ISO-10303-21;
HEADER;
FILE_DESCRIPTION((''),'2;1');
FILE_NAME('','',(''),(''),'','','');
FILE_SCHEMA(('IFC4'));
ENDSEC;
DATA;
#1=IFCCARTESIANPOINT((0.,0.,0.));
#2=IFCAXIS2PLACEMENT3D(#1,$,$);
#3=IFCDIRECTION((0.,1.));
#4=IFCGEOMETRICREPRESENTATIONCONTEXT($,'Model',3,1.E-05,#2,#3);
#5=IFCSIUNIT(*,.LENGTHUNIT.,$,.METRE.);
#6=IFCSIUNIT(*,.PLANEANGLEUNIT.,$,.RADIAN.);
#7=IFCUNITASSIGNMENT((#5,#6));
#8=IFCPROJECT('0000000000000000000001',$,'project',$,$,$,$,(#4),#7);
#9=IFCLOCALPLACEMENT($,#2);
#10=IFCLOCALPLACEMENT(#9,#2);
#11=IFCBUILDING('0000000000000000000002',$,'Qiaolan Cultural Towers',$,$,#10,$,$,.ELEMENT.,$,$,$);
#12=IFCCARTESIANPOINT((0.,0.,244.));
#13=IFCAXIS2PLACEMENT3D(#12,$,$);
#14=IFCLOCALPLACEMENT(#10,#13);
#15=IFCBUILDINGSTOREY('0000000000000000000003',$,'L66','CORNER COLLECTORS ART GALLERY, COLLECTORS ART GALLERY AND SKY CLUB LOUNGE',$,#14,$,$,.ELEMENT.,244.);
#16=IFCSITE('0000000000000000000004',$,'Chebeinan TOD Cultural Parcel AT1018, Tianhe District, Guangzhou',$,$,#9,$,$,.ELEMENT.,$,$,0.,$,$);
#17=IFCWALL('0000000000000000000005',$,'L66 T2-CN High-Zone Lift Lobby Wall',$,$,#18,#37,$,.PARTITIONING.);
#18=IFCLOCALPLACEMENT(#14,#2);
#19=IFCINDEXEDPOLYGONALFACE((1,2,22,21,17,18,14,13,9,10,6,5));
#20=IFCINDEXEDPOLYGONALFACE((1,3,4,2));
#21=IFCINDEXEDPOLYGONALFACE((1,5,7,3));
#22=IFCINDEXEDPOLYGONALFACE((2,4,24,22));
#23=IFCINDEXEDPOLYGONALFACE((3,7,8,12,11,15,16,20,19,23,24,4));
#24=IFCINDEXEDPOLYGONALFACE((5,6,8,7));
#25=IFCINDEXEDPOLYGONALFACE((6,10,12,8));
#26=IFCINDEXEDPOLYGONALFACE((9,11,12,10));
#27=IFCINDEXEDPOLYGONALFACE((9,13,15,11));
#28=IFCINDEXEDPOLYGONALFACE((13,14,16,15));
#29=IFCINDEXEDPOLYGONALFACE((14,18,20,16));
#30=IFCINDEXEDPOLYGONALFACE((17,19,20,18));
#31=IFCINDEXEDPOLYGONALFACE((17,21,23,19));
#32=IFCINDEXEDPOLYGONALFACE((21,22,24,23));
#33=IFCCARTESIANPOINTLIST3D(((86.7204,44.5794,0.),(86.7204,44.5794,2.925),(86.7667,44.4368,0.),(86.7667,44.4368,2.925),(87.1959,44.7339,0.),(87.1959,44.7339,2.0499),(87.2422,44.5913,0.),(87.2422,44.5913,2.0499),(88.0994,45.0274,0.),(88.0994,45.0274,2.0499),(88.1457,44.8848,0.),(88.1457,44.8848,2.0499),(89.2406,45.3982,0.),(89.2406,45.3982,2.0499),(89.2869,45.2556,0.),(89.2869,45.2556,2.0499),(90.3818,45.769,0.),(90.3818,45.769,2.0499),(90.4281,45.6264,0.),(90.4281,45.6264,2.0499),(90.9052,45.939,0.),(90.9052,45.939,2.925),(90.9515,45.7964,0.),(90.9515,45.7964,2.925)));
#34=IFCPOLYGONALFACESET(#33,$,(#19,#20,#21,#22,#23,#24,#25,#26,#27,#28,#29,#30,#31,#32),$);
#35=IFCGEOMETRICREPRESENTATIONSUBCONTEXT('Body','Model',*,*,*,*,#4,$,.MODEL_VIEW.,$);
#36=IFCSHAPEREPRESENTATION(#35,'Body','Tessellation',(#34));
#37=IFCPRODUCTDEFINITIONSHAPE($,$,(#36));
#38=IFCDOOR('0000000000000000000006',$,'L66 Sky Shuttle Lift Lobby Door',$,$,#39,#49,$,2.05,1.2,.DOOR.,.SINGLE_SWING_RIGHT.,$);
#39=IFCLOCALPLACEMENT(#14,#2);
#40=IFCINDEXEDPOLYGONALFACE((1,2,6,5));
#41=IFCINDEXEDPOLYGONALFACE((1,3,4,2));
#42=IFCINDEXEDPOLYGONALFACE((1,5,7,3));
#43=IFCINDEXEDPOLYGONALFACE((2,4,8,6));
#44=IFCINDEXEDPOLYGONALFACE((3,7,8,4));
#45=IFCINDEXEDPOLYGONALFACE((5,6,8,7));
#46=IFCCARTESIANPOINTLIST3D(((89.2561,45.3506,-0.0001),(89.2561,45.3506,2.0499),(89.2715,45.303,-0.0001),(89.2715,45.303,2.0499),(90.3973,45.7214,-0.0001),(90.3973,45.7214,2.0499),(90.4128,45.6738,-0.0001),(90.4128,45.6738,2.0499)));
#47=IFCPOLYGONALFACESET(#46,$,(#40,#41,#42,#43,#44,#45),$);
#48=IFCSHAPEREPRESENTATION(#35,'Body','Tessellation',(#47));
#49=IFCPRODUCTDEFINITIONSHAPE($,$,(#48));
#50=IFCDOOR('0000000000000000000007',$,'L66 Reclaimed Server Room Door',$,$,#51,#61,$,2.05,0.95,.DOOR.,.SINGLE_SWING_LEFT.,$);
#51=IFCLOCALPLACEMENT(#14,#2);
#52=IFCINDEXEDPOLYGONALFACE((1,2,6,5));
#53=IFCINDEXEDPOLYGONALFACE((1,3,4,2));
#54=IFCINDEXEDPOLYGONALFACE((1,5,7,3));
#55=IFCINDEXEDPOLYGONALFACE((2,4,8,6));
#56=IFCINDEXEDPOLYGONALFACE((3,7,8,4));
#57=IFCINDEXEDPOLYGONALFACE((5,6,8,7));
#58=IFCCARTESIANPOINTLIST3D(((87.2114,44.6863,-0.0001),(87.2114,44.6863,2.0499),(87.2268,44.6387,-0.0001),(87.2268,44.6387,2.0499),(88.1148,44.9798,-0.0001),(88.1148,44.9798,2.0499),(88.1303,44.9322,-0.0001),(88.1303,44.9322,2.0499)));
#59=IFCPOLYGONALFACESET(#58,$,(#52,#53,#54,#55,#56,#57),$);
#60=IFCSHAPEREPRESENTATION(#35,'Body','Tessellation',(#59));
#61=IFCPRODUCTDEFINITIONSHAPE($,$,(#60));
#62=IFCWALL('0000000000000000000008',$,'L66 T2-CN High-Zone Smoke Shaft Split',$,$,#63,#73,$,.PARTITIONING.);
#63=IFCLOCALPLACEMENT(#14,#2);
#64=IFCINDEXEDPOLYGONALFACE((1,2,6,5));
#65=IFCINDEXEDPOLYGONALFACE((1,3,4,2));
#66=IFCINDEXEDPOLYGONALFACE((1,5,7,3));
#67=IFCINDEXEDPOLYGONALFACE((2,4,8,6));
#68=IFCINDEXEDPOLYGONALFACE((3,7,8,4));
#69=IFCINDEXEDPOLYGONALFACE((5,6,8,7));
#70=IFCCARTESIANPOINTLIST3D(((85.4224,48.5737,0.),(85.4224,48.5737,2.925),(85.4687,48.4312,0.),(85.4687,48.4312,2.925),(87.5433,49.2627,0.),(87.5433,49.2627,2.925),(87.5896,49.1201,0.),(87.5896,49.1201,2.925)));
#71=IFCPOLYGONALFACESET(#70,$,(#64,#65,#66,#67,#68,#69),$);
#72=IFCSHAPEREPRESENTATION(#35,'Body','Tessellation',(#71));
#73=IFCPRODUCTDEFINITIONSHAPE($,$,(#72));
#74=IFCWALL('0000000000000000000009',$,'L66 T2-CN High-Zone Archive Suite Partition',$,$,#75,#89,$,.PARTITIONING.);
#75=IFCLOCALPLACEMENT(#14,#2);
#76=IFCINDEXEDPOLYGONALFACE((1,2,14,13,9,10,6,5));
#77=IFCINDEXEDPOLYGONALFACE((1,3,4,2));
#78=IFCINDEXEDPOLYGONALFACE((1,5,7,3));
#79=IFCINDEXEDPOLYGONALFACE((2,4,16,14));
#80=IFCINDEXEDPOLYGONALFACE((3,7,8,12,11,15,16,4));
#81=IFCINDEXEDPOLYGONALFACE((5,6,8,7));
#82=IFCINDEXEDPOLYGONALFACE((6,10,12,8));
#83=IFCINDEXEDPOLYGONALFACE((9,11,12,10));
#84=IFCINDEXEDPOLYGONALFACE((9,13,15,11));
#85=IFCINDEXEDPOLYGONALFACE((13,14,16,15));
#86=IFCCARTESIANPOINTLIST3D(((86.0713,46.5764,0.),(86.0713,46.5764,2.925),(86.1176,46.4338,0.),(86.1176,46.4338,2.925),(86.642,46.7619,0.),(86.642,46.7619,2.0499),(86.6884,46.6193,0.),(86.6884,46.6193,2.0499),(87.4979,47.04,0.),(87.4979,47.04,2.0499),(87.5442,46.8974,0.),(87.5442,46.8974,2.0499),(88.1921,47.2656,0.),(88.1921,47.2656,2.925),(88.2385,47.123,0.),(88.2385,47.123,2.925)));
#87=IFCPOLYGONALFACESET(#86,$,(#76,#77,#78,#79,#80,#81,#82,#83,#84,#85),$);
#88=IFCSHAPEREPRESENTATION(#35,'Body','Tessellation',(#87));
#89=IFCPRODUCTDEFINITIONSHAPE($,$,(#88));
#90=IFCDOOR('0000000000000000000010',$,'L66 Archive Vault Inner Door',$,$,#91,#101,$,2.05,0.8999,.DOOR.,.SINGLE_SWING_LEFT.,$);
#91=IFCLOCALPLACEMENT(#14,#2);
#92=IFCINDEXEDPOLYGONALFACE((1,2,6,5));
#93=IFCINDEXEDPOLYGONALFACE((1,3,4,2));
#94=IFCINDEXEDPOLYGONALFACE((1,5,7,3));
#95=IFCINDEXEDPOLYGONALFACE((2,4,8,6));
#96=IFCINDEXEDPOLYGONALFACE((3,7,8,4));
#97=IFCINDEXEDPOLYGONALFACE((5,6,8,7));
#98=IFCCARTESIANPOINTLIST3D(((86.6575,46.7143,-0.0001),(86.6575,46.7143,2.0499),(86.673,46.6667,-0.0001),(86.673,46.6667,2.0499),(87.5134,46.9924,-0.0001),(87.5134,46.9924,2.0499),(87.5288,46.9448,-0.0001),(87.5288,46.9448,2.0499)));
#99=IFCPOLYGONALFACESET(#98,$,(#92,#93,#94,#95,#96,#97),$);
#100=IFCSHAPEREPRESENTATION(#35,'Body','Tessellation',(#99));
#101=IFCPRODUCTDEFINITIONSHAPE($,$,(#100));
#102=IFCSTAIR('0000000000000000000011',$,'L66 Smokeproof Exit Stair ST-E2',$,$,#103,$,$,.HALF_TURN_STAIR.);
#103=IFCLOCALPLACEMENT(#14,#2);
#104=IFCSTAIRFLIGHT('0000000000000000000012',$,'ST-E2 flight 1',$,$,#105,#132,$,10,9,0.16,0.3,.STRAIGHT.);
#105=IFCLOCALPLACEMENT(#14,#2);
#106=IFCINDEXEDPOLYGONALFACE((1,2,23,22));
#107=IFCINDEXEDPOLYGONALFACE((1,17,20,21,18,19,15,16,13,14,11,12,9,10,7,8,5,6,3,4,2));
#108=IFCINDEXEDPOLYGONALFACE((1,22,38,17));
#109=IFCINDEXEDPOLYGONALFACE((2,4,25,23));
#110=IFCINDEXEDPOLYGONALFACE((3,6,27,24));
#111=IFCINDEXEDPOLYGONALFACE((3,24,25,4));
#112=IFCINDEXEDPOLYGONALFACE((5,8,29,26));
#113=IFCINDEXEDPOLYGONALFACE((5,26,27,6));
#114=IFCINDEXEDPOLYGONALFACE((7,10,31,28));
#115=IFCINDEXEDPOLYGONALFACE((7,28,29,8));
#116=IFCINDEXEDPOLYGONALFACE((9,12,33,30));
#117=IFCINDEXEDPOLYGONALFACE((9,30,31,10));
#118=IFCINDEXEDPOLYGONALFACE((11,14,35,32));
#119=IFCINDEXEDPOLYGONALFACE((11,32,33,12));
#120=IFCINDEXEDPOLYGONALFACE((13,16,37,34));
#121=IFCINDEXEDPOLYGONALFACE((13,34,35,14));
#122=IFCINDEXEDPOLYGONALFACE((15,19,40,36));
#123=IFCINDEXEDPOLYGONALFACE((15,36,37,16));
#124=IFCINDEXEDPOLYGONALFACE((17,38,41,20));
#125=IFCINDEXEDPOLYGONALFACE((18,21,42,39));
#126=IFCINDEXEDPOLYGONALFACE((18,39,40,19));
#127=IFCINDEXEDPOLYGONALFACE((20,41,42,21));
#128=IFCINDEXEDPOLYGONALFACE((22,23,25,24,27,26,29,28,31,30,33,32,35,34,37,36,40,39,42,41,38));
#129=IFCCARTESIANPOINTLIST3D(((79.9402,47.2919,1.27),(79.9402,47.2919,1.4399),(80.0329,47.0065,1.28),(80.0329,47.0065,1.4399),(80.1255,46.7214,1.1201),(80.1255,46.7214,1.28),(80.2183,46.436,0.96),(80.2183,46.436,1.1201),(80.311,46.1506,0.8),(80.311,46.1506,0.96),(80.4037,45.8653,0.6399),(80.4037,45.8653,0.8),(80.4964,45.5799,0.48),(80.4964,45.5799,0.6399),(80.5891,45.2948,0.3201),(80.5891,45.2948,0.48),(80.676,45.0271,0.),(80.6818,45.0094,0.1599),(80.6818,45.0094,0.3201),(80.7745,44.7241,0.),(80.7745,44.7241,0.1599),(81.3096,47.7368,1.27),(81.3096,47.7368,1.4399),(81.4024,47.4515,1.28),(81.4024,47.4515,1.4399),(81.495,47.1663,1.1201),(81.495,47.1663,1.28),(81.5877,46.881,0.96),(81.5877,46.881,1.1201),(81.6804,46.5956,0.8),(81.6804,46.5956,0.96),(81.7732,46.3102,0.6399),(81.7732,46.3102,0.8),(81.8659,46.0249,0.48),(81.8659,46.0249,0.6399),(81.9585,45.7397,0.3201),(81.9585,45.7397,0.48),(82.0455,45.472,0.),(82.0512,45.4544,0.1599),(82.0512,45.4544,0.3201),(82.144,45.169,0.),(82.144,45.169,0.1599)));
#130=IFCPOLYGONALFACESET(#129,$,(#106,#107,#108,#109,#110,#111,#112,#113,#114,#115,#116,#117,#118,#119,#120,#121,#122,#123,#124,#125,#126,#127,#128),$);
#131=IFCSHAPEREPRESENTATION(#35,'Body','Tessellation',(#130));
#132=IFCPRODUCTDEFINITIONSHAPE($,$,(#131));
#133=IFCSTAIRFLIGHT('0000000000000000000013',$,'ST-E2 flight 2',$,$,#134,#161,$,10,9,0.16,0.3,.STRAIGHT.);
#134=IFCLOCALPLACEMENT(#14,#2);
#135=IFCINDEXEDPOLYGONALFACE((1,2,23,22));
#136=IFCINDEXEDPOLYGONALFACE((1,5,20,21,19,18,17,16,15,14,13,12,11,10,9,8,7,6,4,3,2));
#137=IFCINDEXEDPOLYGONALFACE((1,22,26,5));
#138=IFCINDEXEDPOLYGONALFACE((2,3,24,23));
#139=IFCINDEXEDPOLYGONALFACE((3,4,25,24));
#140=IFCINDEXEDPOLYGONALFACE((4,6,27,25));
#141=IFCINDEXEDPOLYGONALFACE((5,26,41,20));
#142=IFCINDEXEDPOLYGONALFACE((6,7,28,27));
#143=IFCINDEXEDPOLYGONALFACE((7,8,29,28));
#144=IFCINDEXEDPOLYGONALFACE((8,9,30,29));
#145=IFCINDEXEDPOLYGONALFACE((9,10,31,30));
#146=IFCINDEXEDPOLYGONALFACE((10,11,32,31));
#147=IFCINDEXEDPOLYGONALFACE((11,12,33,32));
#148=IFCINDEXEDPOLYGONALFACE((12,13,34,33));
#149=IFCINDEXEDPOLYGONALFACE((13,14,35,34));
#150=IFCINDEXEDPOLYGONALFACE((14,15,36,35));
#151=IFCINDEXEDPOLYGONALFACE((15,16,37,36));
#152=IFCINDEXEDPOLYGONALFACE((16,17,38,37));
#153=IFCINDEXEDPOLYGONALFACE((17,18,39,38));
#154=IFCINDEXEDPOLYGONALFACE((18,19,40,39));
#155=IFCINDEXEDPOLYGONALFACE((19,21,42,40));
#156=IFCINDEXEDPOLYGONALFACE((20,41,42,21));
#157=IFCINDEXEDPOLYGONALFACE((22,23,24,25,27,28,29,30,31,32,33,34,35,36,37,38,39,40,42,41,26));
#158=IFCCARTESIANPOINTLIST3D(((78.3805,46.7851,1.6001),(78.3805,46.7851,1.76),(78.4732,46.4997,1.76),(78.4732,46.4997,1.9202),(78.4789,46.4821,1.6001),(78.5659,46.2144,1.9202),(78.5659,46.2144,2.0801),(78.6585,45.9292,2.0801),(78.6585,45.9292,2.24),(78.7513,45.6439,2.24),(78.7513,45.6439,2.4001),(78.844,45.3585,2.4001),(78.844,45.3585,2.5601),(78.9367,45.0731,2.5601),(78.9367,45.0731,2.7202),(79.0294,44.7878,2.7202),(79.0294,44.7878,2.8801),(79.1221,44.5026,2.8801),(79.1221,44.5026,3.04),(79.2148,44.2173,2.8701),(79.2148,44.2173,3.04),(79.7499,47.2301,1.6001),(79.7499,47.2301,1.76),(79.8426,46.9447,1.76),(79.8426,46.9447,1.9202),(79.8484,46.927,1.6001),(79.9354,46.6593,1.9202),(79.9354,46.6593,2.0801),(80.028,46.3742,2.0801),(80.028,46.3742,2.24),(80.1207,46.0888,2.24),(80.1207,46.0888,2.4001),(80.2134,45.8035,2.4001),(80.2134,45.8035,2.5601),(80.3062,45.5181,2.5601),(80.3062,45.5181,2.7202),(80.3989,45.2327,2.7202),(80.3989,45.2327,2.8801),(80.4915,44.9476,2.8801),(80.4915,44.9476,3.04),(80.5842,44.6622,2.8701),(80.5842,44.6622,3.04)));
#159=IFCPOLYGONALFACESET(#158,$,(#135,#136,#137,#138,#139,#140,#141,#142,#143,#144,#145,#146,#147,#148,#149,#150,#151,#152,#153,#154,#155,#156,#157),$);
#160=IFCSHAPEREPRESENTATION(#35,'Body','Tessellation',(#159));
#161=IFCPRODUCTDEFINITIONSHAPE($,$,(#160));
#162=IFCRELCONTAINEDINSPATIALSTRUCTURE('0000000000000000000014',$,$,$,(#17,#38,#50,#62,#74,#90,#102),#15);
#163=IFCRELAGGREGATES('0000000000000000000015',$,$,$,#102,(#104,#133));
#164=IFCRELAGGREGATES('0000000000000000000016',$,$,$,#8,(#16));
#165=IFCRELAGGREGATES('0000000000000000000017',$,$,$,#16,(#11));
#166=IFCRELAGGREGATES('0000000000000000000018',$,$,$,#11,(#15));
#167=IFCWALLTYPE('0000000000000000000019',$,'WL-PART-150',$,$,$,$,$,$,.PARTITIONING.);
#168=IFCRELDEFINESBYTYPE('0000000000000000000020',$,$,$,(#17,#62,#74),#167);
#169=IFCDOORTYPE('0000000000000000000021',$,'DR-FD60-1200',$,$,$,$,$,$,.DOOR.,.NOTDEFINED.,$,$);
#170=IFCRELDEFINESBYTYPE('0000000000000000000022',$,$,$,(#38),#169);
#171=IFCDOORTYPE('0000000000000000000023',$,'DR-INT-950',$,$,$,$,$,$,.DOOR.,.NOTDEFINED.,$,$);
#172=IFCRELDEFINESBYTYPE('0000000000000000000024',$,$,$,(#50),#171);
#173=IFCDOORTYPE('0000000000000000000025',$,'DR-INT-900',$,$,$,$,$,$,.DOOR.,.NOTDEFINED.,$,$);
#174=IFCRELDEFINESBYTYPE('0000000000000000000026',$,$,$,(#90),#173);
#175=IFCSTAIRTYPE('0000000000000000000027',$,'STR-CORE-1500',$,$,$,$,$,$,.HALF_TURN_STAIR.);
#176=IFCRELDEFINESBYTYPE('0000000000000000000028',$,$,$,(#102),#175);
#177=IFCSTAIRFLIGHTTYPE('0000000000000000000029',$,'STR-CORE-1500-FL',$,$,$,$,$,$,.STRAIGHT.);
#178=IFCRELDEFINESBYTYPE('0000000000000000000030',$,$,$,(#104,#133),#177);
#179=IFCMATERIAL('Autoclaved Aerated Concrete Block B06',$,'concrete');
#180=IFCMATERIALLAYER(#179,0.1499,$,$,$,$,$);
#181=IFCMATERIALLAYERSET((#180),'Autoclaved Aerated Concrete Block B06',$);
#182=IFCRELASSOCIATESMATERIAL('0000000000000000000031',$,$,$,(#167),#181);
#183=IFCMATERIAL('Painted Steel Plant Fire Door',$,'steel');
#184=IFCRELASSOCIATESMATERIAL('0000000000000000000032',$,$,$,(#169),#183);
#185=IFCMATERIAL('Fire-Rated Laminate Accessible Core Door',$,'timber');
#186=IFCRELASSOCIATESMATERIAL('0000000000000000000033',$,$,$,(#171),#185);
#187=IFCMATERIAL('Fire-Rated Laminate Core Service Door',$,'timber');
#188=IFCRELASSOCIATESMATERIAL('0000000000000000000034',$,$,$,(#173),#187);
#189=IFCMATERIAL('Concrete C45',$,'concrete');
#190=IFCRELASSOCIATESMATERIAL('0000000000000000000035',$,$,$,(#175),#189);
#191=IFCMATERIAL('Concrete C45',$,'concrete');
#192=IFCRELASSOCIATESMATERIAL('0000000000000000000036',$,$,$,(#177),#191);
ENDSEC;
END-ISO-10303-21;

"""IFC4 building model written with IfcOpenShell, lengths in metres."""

from ifc_helpers import new_model, si_unit, direction, frame, frame_2d, origin, place, context, subcontext, project, spatial, polyline, rectangle, outline, extrude, material, layer, layer_set, type_object, element, fill, aggregate, save


model = new_model("IFC4")

# Units and contexts
model_context = context("Model", 3, precision=1e-05, world=origin(), true_north=direction((0.0, 1.0)))
body_context = subcontext(model_context, "Body", "Model", "MODEL_VIEW")
ifc_project = project(units=[si_unit("LENGTHUNIT", "METRE"), si_unit("PLANEANGLEUNIT", "RADIAN")], contexts=[model_context])

# Site, building, storey
site_placement = place(None, origin())
site = spatial("IfcSite", under=ifc_project, at=site_placement, Name="Chebeinan TOD Cultural Parcel AT1018, Tianhe District, Guangzhou", CompositionType="ELEMENT", RefElevation=0.0)
building_placement = place(site_placement, origin())
building = spatial("IfcBuilding", under=site, at=building_placement, Name="Qiaolan Cultural Towers", CompositionType="ELEMENT")
storey_placement = place(building_placement, frame((0.0, 0.0, 244.0)))
storey = spatial("IfcBuildingStorey", under=building, at=storey_placement, Name="L66", Description="CORNER COLLECTORS ART GALLERY, COLLECTORS ART GALLERY AND SKY CLUB LOUNGE", CompositionType="ELEMENT", Elevation=244.0)

# Wall, openings, doors
ifc_material_1 = material(Name="Autoclaved Aerated Concrete Block B06", Category="concrete")
ifc_layer_1 = layer(ifc_material_1, 0.1499)
ifc_layer_set_1 = layer_set([ifc_layer_1], Name="Autoclaved Aerated Concrete Block B06")
wall_type_1 = type_object("IfcWallType", Name="WL-PART-150", PredefinedType="PARTITIONING", material=ifc_layer_set_1)
wall_1_placement = place(storey_placement, frame((86.7434, 44.5081, 0.0), z_axis=(0.0, 0.0, 1.0), x_axis=(0.951064, 0.308994, 0.0)))
wall_1 = element("IfcWall", 1, at=wall_1_placement, inside=storey, type_object=wall_type_1, Name="L66 T2-CN High-Zone Lift Lobby Wall", PredefinedType="PARTITIONING", context=body_context, shape_type="SweptSolid", body=[
    extrude(rectangle(XDim=4.4001, YDim=0.1499, at=frame_2d((2.2002, 0.0))), origin(), (0.0, 0.0, 1.0), 2.925),
])
opening_1_placement = place(wall_1_placement, frame((0.5, 0.0, 0.0)))
opening_1 = element("IfcOpeningElement", 2, at=opening_1_placement, cuts=wall_1, PredefinedType="OPENING", context=body_context, shape_type="SweptSolid", body=[
    extrude(rectangle(XDim=0.95, YDim=2.05, at=frame_2d((0.4751, 1.0249))), frame((0.0, 0.085, 0.0), z_axis=(0.0, -1.0, 0.0), x_axis=(1.0, 0.0, 0.0)), (0.0, 0.0, 1.0), 0.1699),
])
opening_2_placement = place(wall_1_placement, frame((2.6499, 0.0, 0.0)))
opening_2 = element("IfcOpeningElement", 3, at=opening_2_placement, cuts=wall_1, PredefinedType="OPENING", context=body_context, shape_type="SweptSolid", body=[
    extrude(rectangle(XDim=1.2, YDim=2.05, at=frame_2d((0.6001, 1.0249))), frame((0.0, 0.085, 0.0), z_axis=(0.0, -1.0, 0.0), x_axis=(1.0, 0.0, 0.0)), (0.0, 0.0, 1.0), 0.1699),
])
ifc_material_2 = material(Name="Painted Steel Plant Fire Door", Category="steel")
door_type_1 = type_object("IfcDoorType", Name="DR-FD60-1200", OperationType="NOTDEFINED", PredefinedType="DOOR", material=ifc_material_2)
door_1_placement = place(opening_2_placement, origin())
door_1 = element("IfcDoor", 4, at=door_1_placement, inside=storey, type_object=door_type_1, Name="L66 Sky Shuttle Lift Lobby Door", OperationType="SINGLE_SWING_RIGHT", OverallHeight=2.05, OverallWidth=1.2, PredefinedType="DOOR", context=body_context, shape_type="SweptSolid", body=[
    extrude(rectangle(XDim=1.2, YDim=2.05, at=frame_2d((0.6001, 1.0249))), frame((0.0, 0.0249, 0.0), z_axis=(0.0, -1.0, 0.0), x_axis=(1.0, 0.0, 0.0)), (0.0, 0.0, 1.0), 0.05),
])
fill(opening_2, door_1)
ifc_material_3 = material(Name="Fire-Rated Laminate Accessible Core Door", Category="timber")
door_type_2 = type_object("IfcDoorType", Name="DR-INT-950", OperationType="NOTDEFINED", PredefinedType="DOOR", material=ifc_material_3)
door_2_placement = place(opening_1_placement, origin())
door_2 = element("IfcDoor", 5, at=door_2_placement, inside=storey, type_object=door_type_2, Name="L66 Reclaimed Server Room Door", OperationType="SINGLE_SWING_LEFT", OverallHeight=2.05, OverallWidth=0.95, PredefinedType="DOOR", context=body_context, shape_type="SweptSolid", body=[
    extrude(rectangle(XDim=0.95, YDim=2.05, at=frame_2d((0.4751, 1.0249))), frame((0.0, 0.0249, 0.0), z_axis=(0.0, -1.0, 0.0), x_axis=(1.0, 0.0, 0.0)), (0.0, 0.0, 1.0), 0.05),
])
fill(opening_1, door_2)

# Wall
wall_2_placement = place(storey_placement, frame((85.4456, 48.5024, 0.0), z_axis=(0.0, 0.0, 1.0), x_axis=(0.951075, 0.30896, 0.0)))
element("IfcWall", 6, at=wall_2_placement, inside=storey, type_object=wall_type_1, Name="L66 T2-CN High-Zone Smoke Shaft Split", PredefinedType="PARTITIONING", context=body_context, shape_type="SweptSolid", body=[
    extrude(rectangle(XDim=2.23, YDim=0.1499, at=frame_2d((1.115, 0.0))), origin(), (0.0, 0.0, 1.0), 2.925),
])

# Wall, opening, door
wall_3_placement = place(storey_placement, frame((86.0945, 46.5051, 0.0), z_axis=(0.0, 0.0, 1.0), x_axis=(0.951043, 0.309059, 0.0)))
wall_3 = element("IfcWall", 7, at=wall_3_placement, inside=storey, type_object=wall_type_1, Name="L66 T2-CN High-Zone Archive Suite Partition", PredefinedType="PARTITIONING", context=body_context, shape_type="SweptSolid", body=[
    extrude(rectangle(XDim=2.23, YDim=0.1499, at=frame_2d((1.115, 0.0))), origin(), (0.0, 0.0, 1.0), 2.925),
])
opening_3_placement = place(wall_3_placement, frame((0.6001, 0.0, 0.0)))
opening_3 = element("IfcOpeningElement", 8, at=opening_3_placement, cuts=wall_3, PredefinedType="OPENING", context=body_context, shape_type="SweptSolid", body=[
    extrude(rectangle(XDim=0.8999, YDim=2.05, at=frame_2d((0.45, 1.0249))), frame((0.0, 0.085, 0.0), z_axis=(0.0, -1.0, 0.0), x_axis=(1.0, 0.0, 0.0)), (0.0, 0.0, 1.0), 0.1699),
])
ifc_material_4 = material(Name="Fire-Rated Laminate Core Service Door", Category="timber")
door_type_3 = type_object("IfcDoorType", Name="DR-INT-900", OperationType="NOTDEFINED", PredefinedType="DOOR", material=ifc_material_4)
door_3_placement = place(opening_3_placement, origin())
door_3 = element("IfcDoor", 9, at=door_3_placement, inside=storey, type_object=door_type_3, Name="L66 Archive Vault Inner Door", OperationType="SINGLE_SWING_LEFT", OverallHeight=2.05, OverallWidth=0.8999, PredefinedType="DOOR", context=body_context, shape_type="SweptSolid", body=[
    extrude(rectangle(XDim=0.8999, YDim=2.05, at=frame_2d((0.45, 1.0249))), frame((0.0, 0.0249, 0.0), z_axis=(0.0, -1.0, 0.0), x_axis=(1.0, 0.0, 0.0)), (0.0, 0.0, 1.0), 0.05),
])
fill(opening_3, door_3)

# Stair, stair flights
ifc_material_5 = material(Name="Concrete C45", Category="concrete")
stair_type = type_object("IfcStairType", Name="STR-CORE-1500", PredefinedType="HALF_TURN_STAIR", material=ifc_material_5)
stair_placement = place(storey_placement, origin())
stair = element("IfcStair", 10, at=stair_placement, inside=storey, type_object=stair_type, Name="L66 Smokeproof Exit Stair ST-E2", PredefinedType="HALF_TURN_STAIR")
ifc_material_6 = material(Name="Concrete C45", Category="concrete")
stair_flight_type = type_object("IfcStairFlightType", Name="STR-CORE-1500-FL", PredefinedType="STRAIGHT", material=ifc_material_6)
stair_flight_1_placement = place(storey_placement, frame((81.4592, 44.9465, 0.0), z_axis=(0.0, 0.0, 1.0), x_axis=(-0.309017, 0.951057, 0.0)))
stair_flight_1 = element("IfcStairFlight", 11, at=stair_flight_1_placement, type_object=stair_flight_type, Name="ST-E2 flight 1", NumberOfRisers=10, NumberOfTreads=9, PredefinedType="STRAIGHT", RiserHeight=0.16, TreadLength=0.3, context=body_context, shape_type="SweptSolid", body=[
    extrude(outline(polyline([(0.0, 0.0), (0.0, 0.1599), (0.3, 0.1599), (0.3, 0.3201), (0.6001, 0.3201), (0.6001, 0.48), (0.8999, 0.48), (0.8999, 0.6399), (1.2, 0.6399), (1.2, 0.8), (1.5, 0.8), (1.5, 0.96), (1.8, 0.96), (1.8, 1.1201), (2.1001, 1.1201), (2.1001, 1.28), (2.3999, 1.28), (2.3999, 1.4399), (2.7, 1.4399), (2.7, 1.6001), (2.7, 1.27), (0.3186, 0.0), (0.0, 0.0)])), frame((0.0, 0.72, 0.0), z_axis=(0.0, -1.0, 0.0), x_axis=(1.0, 0.0, 0.0)), (0.0, 0.0, 1.0), 1.4399),
])
stair_flight_2_placement = place(storey_placement, frame((79.0652, 47.0076, 1.6001), z_axis=(0.0, 0.0, 1.0), x_axis=(0.309017, -0.951057, 0.0)))
stair_flight_2 = element("IfcStairFlight", 12, at=stair_flight_2_placement, type_object=stair_flight_type, Name="ST-E2 flight 2", NumberOfRisers=10, NumberOfTreads=9, PredefinedType="STRAIGHT", RiserHeight=0.16, TreadLength=0.3, context=body_context, shape_type="SweptSolid", body=[
    extrude(outline(polyline([(0.0, 0.0), (0.0, 0.1599), (0.3, 0.1599), (0.3, 0.3201), (0.6001, 0.3201), (0.6001, 0.48), (0.8999, 0.48), (0.8999, 0.6399), (1.2, 0.6399), (1.2, 0.8), (1.5, 0.8), (1.5, 0.96), (1.8, 0.96), (1.8, 1.1201), (2.1001, 1.1201), (2.1001, 1.28), (2.3999, 1.28), (2.3999, 1.4399), (2.7, 1.4399), (2.7, 1.6001), (2.7, 1.27), (0.3186, 0.0), (0.0, 0.0)])), frame((0.0, 0.72, 0.0), z_axis=(0.0, -1.0, 0.0), x_axis=(1.0, 0.0, 0.0)), (0.0, 0.0, 1.0), 1.4399),
])
aggregate(stair, [stair_flight_1, stair_flight_2])

save(model, "model.ifc")
